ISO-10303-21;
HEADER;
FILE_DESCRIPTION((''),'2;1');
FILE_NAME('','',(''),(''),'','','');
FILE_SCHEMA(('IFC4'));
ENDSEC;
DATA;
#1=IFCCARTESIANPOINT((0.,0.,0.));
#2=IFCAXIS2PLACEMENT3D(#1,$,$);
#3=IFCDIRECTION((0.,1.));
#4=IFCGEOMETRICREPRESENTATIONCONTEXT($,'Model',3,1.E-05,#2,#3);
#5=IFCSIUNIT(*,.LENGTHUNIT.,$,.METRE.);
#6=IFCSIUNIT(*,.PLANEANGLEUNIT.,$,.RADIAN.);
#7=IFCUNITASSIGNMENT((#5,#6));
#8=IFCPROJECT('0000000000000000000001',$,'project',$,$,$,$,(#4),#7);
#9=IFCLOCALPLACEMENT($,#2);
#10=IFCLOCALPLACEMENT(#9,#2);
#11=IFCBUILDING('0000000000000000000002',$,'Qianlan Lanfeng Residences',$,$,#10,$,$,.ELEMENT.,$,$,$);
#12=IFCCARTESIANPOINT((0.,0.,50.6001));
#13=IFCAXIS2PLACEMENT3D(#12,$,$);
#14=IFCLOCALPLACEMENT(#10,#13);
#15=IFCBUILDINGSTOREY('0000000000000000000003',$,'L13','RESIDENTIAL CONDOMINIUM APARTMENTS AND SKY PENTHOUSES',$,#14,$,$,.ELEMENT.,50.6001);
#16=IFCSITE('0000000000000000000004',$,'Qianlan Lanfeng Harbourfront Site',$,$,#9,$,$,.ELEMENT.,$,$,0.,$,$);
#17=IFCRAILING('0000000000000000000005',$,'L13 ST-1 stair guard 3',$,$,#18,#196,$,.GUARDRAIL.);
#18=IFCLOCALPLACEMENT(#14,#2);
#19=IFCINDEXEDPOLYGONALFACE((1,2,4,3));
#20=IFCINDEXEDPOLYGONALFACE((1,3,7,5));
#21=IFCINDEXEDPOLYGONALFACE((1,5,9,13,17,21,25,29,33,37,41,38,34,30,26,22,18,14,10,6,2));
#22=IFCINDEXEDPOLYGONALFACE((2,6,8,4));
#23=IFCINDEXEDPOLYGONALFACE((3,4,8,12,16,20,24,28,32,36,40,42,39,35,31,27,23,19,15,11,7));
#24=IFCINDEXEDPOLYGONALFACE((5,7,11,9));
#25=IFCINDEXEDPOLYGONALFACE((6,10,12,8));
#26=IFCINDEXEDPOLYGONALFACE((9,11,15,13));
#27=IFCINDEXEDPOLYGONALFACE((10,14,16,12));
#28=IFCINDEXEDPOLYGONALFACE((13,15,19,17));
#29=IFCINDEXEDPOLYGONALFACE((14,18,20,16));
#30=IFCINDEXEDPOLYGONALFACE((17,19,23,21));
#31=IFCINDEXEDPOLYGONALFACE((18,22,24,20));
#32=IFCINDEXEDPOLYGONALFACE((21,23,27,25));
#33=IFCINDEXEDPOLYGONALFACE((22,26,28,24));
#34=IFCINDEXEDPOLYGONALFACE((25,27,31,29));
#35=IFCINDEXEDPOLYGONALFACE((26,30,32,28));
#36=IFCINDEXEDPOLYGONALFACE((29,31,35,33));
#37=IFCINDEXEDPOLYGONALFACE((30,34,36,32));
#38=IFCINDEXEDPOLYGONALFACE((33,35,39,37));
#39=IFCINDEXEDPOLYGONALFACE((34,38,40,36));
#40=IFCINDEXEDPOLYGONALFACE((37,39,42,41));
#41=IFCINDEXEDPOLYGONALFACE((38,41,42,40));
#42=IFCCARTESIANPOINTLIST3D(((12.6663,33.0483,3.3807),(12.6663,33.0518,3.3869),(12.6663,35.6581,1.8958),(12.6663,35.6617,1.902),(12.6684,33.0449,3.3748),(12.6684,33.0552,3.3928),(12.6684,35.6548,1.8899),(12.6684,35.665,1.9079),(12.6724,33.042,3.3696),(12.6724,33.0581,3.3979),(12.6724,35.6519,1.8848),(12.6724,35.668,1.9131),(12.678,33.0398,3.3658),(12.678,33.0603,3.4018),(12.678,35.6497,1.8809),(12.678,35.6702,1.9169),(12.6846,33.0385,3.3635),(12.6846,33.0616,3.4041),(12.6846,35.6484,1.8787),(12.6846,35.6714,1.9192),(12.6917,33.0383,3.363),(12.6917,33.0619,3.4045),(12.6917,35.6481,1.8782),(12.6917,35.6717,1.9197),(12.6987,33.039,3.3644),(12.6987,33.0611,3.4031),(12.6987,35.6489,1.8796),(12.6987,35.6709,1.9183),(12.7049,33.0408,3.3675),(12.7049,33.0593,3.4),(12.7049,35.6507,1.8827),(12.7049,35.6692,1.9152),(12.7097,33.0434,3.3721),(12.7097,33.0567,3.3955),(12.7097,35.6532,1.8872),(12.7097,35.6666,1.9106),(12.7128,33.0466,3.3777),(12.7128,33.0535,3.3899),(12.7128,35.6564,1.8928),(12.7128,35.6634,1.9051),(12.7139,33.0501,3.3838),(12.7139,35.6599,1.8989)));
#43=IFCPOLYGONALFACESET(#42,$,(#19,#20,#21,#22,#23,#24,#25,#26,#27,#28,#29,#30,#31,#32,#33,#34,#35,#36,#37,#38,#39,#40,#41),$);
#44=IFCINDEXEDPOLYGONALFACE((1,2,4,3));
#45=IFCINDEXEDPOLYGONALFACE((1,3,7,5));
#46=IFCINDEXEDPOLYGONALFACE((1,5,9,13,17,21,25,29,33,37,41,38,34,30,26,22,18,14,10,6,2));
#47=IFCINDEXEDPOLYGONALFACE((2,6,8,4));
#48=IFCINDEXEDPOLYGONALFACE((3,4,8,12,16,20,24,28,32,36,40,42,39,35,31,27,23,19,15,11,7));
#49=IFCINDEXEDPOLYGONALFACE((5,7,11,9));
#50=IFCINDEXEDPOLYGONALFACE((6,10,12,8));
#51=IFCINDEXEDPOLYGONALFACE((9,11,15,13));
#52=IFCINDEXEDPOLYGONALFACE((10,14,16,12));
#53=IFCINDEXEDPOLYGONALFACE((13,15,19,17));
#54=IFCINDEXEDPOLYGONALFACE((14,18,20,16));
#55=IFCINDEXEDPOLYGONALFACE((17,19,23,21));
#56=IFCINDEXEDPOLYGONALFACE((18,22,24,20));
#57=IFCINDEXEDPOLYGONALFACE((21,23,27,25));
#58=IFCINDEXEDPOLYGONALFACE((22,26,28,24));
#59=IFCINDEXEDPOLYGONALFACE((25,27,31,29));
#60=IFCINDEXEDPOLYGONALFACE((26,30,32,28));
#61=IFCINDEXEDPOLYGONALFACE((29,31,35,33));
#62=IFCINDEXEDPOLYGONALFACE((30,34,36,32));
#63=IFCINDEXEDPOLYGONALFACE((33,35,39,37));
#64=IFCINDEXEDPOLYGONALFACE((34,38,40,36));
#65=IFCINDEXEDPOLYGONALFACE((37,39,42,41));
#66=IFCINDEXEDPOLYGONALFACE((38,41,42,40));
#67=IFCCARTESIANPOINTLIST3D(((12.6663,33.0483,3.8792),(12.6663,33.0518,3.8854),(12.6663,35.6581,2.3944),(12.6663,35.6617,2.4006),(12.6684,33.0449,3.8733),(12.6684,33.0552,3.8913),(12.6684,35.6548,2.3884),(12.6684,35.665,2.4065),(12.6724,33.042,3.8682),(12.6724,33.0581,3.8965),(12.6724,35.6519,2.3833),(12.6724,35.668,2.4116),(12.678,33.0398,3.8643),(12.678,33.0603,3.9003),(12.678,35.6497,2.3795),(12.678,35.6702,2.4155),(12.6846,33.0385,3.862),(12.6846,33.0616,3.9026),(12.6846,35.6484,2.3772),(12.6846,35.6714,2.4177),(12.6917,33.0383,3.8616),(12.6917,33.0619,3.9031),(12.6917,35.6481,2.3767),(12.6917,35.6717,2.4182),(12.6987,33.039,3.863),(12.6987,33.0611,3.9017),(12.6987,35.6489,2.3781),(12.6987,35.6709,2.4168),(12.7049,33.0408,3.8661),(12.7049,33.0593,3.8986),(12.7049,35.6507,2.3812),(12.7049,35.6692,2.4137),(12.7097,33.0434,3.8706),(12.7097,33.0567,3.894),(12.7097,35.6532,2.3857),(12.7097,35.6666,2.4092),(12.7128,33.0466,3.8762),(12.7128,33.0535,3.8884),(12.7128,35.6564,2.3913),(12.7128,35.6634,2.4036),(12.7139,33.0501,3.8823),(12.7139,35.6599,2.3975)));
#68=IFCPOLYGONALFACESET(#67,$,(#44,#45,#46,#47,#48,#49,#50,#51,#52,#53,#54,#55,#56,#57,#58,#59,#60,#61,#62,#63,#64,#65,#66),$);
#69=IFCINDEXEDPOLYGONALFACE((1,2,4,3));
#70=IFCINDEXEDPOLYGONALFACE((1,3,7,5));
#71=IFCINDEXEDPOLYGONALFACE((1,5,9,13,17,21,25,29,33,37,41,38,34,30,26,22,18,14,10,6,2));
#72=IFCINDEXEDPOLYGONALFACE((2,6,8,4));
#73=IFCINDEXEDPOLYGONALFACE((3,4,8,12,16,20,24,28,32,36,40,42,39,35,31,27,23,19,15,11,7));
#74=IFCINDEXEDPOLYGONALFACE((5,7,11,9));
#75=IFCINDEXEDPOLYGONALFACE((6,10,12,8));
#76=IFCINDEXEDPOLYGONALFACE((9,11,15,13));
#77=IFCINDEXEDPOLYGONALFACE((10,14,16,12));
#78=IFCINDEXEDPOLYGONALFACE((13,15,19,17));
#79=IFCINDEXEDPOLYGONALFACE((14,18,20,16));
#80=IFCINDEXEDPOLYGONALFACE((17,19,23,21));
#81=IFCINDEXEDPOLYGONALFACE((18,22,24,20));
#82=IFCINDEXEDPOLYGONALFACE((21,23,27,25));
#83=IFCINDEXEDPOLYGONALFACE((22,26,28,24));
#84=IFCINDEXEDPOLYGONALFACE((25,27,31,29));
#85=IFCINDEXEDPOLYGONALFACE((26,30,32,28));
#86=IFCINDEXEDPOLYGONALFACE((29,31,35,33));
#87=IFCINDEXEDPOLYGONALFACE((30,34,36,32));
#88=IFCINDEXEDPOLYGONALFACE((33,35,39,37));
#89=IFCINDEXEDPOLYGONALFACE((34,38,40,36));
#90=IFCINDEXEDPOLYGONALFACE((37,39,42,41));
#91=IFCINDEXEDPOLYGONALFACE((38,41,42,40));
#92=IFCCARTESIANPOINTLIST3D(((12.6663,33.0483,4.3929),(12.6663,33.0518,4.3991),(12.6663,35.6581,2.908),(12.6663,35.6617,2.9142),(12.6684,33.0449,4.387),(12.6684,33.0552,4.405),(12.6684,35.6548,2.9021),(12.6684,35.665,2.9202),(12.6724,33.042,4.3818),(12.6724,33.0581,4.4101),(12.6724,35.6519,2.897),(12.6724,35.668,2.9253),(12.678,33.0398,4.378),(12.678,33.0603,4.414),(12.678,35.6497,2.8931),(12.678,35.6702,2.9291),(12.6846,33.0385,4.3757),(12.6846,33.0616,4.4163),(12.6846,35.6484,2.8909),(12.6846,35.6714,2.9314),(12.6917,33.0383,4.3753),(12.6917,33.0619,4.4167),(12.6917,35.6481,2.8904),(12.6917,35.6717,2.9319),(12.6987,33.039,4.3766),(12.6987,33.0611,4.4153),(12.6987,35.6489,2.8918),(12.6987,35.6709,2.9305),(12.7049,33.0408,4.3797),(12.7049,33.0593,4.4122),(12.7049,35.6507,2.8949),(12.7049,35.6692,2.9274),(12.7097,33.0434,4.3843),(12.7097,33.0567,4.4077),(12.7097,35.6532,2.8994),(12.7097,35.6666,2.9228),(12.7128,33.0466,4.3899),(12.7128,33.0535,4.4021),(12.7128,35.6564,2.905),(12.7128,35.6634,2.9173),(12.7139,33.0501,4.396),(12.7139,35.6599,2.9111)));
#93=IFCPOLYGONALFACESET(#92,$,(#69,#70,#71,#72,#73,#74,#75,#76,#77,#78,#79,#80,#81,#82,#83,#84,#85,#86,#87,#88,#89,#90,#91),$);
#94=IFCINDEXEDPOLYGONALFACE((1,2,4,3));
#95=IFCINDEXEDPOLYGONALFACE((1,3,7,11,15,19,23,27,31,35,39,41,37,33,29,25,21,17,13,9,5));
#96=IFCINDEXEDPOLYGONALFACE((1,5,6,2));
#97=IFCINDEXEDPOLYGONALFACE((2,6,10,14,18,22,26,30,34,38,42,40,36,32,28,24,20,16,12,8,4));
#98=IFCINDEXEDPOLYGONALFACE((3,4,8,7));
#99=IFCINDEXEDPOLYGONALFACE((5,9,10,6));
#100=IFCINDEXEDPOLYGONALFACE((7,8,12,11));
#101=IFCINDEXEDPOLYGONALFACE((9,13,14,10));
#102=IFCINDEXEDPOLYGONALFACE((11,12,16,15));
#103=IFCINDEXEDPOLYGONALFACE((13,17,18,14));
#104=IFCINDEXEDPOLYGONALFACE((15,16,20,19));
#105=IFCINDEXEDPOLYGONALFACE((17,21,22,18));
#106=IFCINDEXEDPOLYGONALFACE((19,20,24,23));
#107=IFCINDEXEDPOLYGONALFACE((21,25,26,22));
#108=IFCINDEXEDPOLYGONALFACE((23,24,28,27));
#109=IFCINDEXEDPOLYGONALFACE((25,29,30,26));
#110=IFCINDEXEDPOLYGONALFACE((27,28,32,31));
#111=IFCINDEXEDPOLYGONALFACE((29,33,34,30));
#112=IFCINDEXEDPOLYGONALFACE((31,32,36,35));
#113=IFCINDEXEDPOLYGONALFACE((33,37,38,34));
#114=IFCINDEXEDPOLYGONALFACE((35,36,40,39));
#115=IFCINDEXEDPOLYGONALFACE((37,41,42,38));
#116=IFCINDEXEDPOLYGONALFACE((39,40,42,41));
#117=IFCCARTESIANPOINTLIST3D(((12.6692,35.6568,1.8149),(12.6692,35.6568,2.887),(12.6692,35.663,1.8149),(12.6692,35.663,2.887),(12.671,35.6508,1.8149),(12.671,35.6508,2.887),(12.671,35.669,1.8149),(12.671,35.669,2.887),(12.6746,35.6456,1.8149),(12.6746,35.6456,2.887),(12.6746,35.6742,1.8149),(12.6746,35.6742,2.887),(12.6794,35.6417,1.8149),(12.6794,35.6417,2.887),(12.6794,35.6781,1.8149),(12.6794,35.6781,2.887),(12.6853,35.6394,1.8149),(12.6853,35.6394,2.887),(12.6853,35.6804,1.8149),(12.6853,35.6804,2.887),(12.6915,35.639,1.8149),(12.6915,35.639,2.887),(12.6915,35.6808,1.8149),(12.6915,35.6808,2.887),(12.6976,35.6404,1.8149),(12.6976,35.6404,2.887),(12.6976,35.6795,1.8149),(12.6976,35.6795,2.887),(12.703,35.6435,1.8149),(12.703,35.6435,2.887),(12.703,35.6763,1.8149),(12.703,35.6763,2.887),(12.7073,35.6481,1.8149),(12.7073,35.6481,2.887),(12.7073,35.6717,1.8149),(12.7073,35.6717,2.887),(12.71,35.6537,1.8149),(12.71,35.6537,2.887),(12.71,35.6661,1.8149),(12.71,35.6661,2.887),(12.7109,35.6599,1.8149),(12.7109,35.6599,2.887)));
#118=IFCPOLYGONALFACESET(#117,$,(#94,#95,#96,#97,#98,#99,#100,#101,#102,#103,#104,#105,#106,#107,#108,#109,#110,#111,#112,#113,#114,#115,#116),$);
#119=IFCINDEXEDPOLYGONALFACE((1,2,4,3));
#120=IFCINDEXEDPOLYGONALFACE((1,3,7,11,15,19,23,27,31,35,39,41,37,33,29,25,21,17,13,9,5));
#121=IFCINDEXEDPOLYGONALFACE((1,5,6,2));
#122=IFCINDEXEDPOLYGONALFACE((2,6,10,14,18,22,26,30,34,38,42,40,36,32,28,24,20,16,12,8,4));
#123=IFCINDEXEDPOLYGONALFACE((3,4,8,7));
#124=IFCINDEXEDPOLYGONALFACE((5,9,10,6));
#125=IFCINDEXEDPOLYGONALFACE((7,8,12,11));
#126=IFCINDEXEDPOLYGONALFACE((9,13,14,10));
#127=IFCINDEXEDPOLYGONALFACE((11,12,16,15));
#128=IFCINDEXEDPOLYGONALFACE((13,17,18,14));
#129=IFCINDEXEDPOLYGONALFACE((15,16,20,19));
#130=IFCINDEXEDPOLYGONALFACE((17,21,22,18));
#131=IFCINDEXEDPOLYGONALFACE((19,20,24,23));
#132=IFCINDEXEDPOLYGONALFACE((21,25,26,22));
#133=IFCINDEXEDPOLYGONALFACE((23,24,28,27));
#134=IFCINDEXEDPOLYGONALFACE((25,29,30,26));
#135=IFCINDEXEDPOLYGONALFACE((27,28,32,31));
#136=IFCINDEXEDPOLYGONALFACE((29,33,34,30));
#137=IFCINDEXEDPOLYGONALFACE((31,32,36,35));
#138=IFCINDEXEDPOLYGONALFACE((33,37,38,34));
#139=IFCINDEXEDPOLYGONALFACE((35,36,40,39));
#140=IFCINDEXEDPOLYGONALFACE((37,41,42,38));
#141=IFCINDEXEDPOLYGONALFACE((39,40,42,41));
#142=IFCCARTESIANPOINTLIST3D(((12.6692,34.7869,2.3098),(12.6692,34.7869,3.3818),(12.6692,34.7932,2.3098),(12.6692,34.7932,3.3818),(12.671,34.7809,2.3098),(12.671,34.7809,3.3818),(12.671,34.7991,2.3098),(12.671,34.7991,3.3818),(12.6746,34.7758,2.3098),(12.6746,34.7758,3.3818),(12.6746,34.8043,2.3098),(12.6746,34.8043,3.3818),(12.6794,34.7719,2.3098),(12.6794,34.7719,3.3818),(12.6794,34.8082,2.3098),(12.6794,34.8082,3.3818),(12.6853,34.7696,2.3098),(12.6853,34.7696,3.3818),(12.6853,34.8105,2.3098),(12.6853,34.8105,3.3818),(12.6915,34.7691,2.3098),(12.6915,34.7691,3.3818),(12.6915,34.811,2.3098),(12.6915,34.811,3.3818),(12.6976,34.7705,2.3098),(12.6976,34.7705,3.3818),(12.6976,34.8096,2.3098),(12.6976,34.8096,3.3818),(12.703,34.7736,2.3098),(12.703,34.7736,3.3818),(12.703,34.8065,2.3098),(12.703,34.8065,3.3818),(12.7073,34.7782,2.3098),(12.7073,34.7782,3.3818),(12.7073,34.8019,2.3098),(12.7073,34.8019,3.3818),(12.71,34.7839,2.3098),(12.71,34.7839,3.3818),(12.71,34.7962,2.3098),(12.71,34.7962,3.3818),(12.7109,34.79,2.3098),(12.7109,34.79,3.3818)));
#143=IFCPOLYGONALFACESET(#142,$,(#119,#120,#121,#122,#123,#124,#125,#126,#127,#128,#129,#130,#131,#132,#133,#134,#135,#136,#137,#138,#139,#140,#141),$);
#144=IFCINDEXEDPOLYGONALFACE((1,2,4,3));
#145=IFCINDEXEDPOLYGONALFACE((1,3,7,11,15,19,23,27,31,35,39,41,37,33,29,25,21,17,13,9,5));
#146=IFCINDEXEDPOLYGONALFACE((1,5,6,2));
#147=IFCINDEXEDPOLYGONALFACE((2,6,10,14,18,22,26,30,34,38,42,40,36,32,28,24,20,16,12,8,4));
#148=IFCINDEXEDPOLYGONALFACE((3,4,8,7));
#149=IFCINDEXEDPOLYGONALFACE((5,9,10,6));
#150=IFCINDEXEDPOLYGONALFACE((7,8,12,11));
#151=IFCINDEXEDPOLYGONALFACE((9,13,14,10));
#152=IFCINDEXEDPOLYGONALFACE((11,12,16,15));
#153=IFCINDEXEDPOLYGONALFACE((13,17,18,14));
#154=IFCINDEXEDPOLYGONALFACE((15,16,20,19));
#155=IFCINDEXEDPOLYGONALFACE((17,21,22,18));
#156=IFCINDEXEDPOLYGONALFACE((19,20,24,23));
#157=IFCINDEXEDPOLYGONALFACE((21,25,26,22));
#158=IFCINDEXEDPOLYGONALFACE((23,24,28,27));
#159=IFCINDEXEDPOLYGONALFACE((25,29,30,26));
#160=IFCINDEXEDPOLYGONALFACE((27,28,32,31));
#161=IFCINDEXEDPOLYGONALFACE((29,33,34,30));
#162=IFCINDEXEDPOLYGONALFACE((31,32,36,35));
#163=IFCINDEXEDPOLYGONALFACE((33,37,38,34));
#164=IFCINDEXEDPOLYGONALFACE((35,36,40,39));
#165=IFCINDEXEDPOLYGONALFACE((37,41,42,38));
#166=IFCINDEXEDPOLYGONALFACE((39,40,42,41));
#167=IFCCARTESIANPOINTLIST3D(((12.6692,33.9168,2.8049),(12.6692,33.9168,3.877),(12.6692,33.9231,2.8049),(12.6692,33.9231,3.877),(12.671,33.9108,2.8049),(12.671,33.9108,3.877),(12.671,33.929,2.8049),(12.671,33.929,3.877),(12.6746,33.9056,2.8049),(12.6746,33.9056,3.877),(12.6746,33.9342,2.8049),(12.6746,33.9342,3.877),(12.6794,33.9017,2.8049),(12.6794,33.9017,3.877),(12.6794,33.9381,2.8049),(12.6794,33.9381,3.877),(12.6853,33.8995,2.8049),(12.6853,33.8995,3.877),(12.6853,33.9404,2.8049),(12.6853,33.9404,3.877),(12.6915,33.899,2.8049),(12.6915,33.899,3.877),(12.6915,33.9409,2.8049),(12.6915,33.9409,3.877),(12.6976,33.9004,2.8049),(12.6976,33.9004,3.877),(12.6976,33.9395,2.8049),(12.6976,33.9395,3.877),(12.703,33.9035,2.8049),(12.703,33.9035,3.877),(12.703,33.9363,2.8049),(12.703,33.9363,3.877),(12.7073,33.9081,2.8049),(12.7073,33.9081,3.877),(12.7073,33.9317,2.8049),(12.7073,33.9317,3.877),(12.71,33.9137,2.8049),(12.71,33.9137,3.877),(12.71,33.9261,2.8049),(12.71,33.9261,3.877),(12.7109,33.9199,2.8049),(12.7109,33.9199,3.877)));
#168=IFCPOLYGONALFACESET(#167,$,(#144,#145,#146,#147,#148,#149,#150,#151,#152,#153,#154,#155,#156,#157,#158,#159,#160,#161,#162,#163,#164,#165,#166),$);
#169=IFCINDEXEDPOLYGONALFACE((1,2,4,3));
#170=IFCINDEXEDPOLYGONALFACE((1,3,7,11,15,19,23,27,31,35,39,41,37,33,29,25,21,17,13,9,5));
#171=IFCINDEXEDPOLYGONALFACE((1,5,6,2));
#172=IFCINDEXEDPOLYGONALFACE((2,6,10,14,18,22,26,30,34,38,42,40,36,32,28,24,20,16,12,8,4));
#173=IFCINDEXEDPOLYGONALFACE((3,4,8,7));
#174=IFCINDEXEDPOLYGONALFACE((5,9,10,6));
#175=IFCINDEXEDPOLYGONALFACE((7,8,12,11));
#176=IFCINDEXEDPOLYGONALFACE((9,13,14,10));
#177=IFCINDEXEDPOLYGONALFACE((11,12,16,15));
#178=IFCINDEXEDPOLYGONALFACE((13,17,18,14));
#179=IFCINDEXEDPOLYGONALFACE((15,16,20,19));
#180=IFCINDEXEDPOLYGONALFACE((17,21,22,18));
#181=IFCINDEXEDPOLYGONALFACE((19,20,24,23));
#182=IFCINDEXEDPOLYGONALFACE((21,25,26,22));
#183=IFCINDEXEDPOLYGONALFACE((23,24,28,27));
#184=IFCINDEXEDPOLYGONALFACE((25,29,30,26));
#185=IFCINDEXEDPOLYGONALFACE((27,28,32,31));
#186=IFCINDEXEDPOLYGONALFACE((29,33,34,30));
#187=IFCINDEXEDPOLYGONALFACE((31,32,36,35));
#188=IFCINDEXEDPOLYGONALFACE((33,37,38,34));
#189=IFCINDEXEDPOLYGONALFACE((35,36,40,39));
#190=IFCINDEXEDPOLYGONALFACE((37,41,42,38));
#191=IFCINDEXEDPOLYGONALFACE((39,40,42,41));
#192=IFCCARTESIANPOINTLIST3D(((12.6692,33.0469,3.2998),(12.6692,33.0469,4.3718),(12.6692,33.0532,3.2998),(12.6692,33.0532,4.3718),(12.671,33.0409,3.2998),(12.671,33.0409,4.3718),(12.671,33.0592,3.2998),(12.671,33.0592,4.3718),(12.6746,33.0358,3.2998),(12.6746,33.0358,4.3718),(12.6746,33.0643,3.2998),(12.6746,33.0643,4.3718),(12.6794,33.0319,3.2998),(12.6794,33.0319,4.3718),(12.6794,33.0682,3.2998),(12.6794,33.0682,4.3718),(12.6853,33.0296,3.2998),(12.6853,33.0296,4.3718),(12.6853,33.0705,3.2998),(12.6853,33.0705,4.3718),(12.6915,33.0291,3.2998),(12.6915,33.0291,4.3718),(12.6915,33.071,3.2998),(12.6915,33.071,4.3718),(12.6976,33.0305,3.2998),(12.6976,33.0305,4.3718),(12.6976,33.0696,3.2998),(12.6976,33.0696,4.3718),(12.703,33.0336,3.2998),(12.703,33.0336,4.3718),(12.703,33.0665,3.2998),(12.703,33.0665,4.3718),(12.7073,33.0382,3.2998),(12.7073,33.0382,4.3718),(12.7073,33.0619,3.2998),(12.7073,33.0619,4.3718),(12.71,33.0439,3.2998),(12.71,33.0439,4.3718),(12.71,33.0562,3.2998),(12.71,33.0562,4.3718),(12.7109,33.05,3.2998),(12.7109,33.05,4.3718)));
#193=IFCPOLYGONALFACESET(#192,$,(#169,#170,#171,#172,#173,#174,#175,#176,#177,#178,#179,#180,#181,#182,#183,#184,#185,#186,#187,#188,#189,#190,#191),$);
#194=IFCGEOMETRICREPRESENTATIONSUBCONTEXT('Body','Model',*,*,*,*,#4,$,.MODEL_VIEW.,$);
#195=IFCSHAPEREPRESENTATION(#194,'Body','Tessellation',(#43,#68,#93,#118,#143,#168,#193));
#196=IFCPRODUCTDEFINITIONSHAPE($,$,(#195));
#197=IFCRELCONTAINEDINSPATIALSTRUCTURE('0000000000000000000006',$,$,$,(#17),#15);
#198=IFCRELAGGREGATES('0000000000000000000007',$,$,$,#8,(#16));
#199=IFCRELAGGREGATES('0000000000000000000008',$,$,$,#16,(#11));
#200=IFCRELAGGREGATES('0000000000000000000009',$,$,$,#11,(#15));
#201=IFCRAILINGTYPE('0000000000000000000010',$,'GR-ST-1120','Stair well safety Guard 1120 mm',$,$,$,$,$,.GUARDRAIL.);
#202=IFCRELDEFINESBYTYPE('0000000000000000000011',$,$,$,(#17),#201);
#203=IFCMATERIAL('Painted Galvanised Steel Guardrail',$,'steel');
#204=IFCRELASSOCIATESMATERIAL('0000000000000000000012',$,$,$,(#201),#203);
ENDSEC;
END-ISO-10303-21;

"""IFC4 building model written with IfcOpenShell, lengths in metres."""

from ifc_helpers import new_model, si_unit, direction, frame, origin, origin_2d, place, context, subcontext, project, spatial, circle, extrude, material, type_object, element, save


model = new_model("IFC4")

# Units and contexts
model_context = context("Model", 3, precision=1e-05, world=origin(), true_north=direction((0.0, 1.0)))
body_context = subcontext(model_context, "Body", "Model", "MODEL_VIEW")
ifc_project = project(units=[si_unit("LENGTHUNIT", "METRE"), si_unit("PLANEANGLEUNIT", "RADIAN")], contexts=[model_context])

# Site, building, storey
site_placement = place(None, origin())
site = spatial("IfcSite", under=ifc_project, at=site_placement, Name="Qianlan Lanfeng Harbourfront Site", CompositionType="ELEMENT", RefElevation=0.0)
building_placement = place(site_placement, origin())
building = spatial("IfcBuilding", under=site, at=building_placement, Name="Qianlan Lanfeng Residences", CompositionType="ELEMENT")
storey_placement = place(building_placement, frame((0.0, 0.0, 50.6001)))
storey = spatial("IfcBuildingStorey", under=building, at=storey_placement, Name="L13", Description="RESIDENTIAL CONDOMINIUM APARTMENTS AND SKY PENTHOUSES", CompositionType="ELEMENT", Elevation=50.6001)

# Railing
ifc_material_1 = material(Name="Painted Galvanised Steel Guardrail", Category="steel")
railing_type_1 = type_object("IfcRailingType", Name="GR-ST-1120", Description="Stair well safety Guard 1120 mm", PredefinedType="GUARDRAIL", material=ifc_material_1)
railing_1_placement = place(storey_placement, frame((12.6899, 35.6599, 1.8149)))
element("IfcRailing", 1, at=railing_1_placement, inside=storey, type_object=railing_type_1, Name="L13 ST-1 stair guard 3", PredefinedType="GUARDRAIL", context=body_context, shape_type="SweptSolid", body=[
    extrude(circle(Radius=0.0239, at=origin_2d()), frame((0.0, 0.0, 0.084), z_axis=(0.0, -0.869172, 0.494509), x_axis=(1.0, 0.0, 0.0)), (0.0, 0.0, 1.0), 3.0027),
    extrude(circle(Radius=0.0239, at=origin_2d()), frame((0.0, 0.0, 0.5825), z_axis=(0.0, -0.869172, 0.494509), x_axis=(1.0, 0.0, 0.0)), (0.0, 0.0, 1.0), 3.0027),
    extrude(circle(Radius=0.0239, at=origin_2d()), frame((0.0, 0.0, 1.0962), z_axis=(0.0, -0.869172, 0.494509), x_axis=(1.0, 0.0, 0.0)), (0.0, 0.0, 1.0), 3.0027),
    extrude(circle(Radius=0.021, at=origin_2d()), origin(), (0.0, 0.0, 1.0), 1.072),
    extrude(circle(Radius=0.021, at=origin_2d()), frame((0.0, -0.8699, 0.4949)), (0.0, 0.0, 1.0), 1.072),
    extrude(circle(Radius=0.021, at=origin_2d()), frame((0.0, -1.74, 0.99)), (0.0, 0.0, 1.0), 1.072),
    extrude(circle(Radius=0.021, at=origin_2d()), frame((0.0, -2.6099, 1.4849)), (0.0, 0.0, 1.0), 1.072),
])

save(model, "model.ifc")
